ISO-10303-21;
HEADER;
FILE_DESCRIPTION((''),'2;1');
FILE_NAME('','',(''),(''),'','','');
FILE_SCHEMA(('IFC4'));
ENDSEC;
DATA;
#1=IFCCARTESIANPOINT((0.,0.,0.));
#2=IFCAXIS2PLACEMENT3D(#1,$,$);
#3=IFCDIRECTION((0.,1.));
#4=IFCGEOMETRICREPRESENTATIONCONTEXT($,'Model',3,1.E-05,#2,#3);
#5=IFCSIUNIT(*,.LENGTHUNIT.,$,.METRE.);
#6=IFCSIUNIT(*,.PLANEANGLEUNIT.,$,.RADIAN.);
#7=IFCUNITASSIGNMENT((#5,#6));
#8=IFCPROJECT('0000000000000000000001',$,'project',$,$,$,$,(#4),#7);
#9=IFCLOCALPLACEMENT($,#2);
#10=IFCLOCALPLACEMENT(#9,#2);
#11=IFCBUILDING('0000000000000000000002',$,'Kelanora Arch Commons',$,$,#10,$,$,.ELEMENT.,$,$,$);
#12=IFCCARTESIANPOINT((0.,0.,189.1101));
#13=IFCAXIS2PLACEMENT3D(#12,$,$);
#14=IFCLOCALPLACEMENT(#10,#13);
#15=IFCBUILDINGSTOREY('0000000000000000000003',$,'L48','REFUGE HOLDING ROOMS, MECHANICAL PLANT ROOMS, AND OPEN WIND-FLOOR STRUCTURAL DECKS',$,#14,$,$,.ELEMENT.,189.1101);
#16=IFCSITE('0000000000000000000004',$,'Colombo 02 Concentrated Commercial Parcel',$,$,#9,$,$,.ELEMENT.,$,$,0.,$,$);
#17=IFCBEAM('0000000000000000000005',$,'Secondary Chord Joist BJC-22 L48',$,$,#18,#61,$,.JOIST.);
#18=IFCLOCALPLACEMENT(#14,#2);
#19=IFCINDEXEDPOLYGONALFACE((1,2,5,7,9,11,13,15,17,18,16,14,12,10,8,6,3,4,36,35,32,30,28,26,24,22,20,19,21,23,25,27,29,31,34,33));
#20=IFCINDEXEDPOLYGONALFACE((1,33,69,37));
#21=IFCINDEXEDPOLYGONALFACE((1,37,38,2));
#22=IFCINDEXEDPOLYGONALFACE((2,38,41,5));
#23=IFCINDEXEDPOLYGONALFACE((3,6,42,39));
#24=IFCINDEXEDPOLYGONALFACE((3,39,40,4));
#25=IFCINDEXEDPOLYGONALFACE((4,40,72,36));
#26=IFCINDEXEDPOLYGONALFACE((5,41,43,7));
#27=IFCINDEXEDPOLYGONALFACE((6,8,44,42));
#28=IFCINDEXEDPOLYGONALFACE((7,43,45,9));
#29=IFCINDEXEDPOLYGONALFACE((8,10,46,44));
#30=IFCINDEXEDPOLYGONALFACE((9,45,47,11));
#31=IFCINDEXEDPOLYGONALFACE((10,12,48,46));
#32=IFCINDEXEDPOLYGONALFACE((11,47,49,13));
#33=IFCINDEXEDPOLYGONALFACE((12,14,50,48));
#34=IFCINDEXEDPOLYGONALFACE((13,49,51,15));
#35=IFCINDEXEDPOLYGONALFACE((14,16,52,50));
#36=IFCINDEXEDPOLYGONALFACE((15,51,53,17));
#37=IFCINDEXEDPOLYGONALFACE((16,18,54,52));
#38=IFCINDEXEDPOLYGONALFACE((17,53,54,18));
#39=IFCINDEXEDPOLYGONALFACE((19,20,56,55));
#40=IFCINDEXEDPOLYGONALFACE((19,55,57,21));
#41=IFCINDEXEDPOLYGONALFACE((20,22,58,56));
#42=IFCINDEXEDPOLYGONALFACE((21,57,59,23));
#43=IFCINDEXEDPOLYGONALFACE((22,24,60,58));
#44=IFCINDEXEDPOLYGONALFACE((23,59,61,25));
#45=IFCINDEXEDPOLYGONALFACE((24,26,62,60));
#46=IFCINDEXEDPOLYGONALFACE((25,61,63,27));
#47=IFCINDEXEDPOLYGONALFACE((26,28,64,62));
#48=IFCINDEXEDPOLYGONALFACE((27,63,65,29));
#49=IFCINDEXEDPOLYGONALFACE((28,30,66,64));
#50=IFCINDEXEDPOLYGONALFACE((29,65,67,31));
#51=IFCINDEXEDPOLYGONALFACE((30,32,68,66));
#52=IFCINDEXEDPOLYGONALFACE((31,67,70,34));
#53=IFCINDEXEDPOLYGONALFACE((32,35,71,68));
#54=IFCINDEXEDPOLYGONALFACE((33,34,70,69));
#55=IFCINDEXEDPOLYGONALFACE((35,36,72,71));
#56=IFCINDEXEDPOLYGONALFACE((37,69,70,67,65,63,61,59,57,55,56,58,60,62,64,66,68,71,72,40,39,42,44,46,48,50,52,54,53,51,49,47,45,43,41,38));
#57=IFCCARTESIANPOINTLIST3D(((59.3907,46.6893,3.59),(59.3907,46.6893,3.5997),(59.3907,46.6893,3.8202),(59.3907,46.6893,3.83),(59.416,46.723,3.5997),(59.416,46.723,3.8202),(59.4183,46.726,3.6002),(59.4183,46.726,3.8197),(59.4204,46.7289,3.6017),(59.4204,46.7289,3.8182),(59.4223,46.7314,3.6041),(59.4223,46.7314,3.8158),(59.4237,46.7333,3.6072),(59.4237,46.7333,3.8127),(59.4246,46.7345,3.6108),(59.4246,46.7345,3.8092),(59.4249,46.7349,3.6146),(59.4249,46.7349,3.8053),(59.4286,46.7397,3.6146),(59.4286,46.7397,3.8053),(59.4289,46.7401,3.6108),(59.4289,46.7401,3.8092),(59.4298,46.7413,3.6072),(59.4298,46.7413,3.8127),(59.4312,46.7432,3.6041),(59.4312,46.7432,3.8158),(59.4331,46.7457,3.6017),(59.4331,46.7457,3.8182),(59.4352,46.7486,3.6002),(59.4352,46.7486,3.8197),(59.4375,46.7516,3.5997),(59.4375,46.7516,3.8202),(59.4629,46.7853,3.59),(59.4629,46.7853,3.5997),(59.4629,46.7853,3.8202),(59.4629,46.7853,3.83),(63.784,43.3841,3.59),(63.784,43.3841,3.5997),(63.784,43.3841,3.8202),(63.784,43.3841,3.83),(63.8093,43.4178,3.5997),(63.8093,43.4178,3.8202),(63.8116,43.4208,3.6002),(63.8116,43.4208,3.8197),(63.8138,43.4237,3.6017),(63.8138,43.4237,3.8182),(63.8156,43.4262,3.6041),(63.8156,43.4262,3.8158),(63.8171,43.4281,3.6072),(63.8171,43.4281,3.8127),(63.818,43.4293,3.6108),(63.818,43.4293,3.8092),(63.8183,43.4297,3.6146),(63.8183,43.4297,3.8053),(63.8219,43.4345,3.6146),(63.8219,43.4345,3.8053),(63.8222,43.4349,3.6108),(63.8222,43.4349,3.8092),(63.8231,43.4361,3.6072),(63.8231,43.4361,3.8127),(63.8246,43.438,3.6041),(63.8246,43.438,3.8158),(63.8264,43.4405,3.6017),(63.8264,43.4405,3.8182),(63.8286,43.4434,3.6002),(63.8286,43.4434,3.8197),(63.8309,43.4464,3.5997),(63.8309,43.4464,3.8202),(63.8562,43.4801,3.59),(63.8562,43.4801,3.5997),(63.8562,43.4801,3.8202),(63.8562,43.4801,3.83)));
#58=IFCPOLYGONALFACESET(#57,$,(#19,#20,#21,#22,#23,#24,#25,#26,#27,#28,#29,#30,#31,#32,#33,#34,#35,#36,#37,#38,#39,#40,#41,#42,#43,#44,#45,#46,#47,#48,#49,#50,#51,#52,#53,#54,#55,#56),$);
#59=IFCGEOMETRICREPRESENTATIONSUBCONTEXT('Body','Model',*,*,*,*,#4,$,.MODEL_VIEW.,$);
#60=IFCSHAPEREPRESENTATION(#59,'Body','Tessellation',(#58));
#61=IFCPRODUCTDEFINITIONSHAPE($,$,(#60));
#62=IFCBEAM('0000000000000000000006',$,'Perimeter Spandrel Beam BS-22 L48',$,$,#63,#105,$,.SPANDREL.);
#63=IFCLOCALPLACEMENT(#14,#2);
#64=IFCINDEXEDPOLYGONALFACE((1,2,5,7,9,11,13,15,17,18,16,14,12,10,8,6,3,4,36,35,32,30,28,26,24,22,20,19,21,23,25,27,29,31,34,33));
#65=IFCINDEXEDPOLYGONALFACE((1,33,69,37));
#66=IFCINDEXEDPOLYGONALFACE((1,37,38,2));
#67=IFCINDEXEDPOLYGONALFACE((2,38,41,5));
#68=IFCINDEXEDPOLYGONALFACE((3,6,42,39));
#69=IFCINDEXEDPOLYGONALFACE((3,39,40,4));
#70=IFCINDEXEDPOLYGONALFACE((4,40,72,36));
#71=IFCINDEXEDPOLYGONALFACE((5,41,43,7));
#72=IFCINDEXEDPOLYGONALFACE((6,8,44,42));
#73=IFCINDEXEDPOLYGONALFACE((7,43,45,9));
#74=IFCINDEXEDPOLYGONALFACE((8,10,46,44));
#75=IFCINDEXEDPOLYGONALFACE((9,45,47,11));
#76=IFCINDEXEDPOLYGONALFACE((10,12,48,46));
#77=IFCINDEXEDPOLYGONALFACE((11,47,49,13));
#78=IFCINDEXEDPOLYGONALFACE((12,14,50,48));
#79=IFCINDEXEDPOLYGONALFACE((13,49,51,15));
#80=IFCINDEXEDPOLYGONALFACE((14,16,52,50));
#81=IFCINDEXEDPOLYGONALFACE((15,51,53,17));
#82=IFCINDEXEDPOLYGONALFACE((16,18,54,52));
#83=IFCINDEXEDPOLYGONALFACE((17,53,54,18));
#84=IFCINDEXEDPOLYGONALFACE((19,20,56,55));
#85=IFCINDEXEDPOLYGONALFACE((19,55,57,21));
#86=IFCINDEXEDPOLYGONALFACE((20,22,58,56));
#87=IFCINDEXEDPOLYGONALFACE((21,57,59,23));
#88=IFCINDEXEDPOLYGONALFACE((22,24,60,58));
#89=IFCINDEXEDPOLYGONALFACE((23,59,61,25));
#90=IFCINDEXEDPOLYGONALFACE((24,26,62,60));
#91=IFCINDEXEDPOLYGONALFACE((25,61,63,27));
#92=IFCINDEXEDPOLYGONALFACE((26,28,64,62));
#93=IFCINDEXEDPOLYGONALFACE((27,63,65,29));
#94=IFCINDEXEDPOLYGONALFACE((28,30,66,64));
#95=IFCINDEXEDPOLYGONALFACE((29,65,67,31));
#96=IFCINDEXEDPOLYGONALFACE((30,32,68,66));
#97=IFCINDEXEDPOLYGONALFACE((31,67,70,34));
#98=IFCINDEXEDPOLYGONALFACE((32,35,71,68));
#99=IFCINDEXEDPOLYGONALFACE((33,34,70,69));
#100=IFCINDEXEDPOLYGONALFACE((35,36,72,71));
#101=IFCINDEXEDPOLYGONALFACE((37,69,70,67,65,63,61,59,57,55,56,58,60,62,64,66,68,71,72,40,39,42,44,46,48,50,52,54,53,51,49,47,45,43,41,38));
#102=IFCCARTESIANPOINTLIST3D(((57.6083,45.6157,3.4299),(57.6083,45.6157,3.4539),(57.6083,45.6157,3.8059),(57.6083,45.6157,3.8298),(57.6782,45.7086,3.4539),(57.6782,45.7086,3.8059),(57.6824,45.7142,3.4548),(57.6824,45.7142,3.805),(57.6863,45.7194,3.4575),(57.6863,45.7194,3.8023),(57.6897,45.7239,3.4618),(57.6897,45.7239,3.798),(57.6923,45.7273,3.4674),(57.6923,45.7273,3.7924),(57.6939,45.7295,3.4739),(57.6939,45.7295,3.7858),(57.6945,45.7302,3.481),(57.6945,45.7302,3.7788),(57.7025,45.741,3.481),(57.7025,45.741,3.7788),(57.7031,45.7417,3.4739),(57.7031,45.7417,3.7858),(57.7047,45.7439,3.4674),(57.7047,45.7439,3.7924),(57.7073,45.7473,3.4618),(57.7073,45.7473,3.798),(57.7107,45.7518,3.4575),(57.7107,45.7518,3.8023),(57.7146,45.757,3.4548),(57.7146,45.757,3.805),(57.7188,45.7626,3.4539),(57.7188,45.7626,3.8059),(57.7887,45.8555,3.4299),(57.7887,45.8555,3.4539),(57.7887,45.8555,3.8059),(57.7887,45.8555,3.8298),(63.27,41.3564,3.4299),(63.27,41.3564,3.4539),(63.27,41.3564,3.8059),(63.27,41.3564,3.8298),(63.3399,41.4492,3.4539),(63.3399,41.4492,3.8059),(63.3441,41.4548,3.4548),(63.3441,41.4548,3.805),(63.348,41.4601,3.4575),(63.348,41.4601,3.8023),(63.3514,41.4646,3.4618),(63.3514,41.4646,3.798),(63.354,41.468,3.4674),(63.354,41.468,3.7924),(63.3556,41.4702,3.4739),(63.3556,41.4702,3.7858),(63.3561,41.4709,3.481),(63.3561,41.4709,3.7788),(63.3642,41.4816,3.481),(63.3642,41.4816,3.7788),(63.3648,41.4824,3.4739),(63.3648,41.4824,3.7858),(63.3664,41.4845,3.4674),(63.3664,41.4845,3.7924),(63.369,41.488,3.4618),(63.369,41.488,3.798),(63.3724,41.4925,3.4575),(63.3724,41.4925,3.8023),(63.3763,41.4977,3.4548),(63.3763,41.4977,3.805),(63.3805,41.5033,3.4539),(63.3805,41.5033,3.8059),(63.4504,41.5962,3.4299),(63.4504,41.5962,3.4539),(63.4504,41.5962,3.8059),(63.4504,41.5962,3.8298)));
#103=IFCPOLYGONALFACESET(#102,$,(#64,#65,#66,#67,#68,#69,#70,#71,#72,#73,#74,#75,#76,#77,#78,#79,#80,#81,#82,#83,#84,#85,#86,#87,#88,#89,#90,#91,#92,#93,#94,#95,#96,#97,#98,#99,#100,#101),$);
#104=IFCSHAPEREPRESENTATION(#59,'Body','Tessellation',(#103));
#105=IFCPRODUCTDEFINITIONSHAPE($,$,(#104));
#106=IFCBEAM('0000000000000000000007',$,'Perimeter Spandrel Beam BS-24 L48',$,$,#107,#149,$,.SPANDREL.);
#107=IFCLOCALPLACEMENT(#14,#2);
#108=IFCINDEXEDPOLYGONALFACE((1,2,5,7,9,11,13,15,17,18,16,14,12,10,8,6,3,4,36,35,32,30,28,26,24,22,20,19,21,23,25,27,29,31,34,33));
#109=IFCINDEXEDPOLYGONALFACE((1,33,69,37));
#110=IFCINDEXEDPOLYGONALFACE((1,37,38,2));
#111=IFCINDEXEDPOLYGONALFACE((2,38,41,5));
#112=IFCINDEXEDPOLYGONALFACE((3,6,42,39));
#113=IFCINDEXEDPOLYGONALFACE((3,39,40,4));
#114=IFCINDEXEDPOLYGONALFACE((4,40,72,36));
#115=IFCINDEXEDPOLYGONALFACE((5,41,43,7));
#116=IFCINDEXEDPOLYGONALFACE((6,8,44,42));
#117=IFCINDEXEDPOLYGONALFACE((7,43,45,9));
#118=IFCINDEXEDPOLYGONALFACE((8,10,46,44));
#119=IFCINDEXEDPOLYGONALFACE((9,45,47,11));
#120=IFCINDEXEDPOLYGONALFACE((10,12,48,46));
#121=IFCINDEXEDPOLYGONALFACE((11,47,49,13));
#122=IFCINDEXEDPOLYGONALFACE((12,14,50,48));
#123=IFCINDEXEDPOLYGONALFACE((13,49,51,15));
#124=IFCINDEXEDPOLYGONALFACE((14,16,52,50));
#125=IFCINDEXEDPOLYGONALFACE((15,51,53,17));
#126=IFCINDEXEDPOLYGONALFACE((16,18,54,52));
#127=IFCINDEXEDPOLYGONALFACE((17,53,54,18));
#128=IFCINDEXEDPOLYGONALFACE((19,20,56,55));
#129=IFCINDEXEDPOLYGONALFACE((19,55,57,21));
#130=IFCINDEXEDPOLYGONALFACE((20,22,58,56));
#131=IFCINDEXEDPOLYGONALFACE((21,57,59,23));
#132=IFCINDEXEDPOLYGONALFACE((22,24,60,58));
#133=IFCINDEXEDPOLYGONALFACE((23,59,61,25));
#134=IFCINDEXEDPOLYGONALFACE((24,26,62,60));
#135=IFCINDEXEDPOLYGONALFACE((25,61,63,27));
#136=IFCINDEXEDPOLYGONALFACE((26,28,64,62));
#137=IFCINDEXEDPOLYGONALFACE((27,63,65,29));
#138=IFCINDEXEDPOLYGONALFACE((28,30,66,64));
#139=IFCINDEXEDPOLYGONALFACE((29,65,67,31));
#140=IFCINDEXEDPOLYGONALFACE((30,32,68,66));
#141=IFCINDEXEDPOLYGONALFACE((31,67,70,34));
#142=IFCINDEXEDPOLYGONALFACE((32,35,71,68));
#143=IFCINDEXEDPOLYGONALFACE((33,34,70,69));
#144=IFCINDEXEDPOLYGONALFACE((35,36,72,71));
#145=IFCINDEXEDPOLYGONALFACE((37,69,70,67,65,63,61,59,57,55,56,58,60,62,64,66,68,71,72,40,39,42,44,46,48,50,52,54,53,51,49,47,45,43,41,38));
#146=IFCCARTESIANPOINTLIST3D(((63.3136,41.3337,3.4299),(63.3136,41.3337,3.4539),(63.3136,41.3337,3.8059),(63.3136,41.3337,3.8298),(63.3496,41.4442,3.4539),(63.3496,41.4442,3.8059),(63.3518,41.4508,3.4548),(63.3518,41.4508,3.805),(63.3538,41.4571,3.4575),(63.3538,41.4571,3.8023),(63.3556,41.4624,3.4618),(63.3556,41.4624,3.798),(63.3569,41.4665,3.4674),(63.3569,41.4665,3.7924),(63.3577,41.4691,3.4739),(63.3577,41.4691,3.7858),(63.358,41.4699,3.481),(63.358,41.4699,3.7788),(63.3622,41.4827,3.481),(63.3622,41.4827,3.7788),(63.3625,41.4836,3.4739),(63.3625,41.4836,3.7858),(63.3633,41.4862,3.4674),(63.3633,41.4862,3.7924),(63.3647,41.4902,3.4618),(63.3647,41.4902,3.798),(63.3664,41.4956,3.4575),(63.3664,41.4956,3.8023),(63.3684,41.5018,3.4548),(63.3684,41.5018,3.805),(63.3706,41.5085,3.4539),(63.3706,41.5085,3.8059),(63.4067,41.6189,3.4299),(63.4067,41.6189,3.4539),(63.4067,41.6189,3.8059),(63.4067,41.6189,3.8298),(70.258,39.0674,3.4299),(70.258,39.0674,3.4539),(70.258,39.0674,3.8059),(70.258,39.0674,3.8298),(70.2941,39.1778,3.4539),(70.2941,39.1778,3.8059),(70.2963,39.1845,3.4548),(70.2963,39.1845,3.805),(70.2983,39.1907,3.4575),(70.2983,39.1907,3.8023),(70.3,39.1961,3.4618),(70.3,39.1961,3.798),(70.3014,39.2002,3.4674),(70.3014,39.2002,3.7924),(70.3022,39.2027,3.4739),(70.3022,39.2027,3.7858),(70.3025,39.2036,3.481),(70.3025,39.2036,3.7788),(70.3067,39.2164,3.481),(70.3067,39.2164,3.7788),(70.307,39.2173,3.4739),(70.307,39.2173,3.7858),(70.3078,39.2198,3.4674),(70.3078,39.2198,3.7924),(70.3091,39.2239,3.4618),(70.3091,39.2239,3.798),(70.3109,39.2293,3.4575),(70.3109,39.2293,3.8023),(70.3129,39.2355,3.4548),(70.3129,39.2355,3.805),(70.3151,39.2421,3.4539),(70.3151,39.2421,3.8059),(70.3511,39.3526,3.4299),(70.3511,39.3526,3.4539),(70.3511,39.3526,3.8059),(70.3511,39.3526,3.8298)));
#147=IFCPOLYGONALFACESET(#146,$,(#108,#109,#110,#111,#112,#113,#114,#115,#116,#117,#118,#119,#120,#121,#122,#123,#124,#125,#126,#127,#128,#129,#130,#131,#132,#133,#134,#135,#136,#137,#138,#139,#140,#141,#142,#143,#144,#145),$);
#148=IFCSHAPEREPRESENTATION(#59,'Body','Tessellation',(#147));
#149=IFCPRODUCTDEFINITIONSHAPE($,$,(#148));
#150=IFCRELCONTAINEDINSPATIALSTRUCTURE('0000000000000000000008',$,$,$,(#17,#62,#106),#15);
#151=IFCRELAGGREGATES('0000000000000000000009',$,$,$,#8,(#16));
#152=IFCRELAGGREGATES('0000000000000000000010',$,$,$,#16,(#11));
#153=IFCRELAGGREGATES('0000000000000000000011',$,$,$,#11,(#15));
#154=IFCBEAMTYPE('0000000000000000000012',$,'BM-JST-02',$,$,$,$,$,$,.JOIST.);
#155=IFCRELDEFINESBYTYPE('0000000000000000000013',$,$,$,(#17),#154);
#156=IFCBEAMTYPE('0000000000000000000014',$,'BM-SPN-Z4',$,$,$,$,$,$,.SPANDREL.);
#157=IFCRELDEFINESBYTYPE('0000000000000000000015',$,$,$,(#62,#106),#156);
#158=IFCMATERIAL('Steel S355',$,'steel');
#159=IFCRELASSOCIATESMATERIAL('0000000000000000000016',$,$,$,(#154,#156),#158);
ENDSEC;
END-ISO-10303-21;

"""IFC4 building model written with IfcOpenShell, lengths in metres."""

from ifc_helpers import new_model, si_unit, direction, frame, origin, origin_2d, place, context, subcontext, project, spatial, i_section, extrude, material, material_profile, profile_set, type_object, element, save


model = new_model("IFC4")

# Units and contexts
model_context = context("Model", 3, precision=1e-05, world=origin(), true_north=direction((0.0, 1.0)))
body_context = subcontext(model_context, "Body", "Model", "MODEL_VIEW")
ifc_project = project(units=[si_unit("LENGTHUNIT", "METRE"), si_unit("PLANEANGLEUNIT", "RADIAN")], contexts=[model_context])

# Site, building, storey
site_placement = place(None, origin())
site = spatial("IfcSite", under=ifc_project, at=site_placement, Name="Colombo 02 Concentrated Commercial Parcel", CompositionType="ELEMENT", RefElevation=0.0)
building_placement = place(site_placement, origin())
building = spatial("IfcBuilding", under=site, at=building_placement, Name="Kelanora Arch Commons", CompositionType="ELEMENT")
storey_placement = place(building_placement, frame((0.0, 0.0, 189.1101)))
storey = spatial("IfcBuildingStorey", under=building, at=storey_placement, Name="L48", Description="REFUGE HOLDING ROOMS, MECHANICAL PLANT ROOMS, AND OPEN WIND-FLOOR STRUCTURAL DECKS", CompositionType="ELEMENT", Elevation=189.1101)

# Beams
ifc_material_1 = material(Name="Steel S355", Category="steel")
ifc_material_profile_1 = material_profile(ifc_material_1, i_section(OverallWidth=0.1201, OverallDepth=0.24, WebThickness=0.0061, FlangeThickness=0.0098, FilletRadius=0.0149, at=origin_2d()), Name="IPE240")
ifc_profile_set_1 = profile_set([ifc_material_profile_1], Name="Steel S355")
beam_type_1 = type_object("IfcBeamType", Name="BM-JST-02", PredefinedType="JOIST", material=ifc_profile_set_1)
beam_1_placement = place(storey_placement, frame((59.4268, 46.7373, 3.71), z_axis=(0.799109, -0.601186, 0.0), x_axis=(0.601186, 0.799109, 0.0)))
element("IfcBeam", 1, at=beam_1_placement, inside=storey, type_object=beam_type_1, Name="Secondary Chord Joist BJC-22 L48", PredefinedType="JOIST", context=body_context, shape_type="SweptSolid", body=[
    extrude(i_section(OverallWidth=0.1201, OverallDepth=0.24, WebThickness=0.0061, FlangeThickness=0.0098, FilletRadius=0.0149, at=origin_2d()), origin(), (0.0, 0.0, 1.0), 5.4978),
])
ifc_material_profile_2 = material_profile(ifc_material_1, i_section(OverallWidth=0.3, OverallDepth=0.3999, WebThickness=0.0134, FlangeThickness=0.0239, FilletRadius=0.0271, at=origin_2d()), Name="HEB400")
ifc_profile_set_2 = profile_set([ifc_material_profile_2], Name="Steel S355")
beam_type_2 = type_object("IfcBeamType", Name="BM-SPN-Z4", PredefinedType="SPANDREL", material=ifc_profile_set_2)
beam_2_placement = place(storey_placement, frame((57.6985, 45.7356, 3.6299), z_axis=(0.799114, -0.601179, 0.0), x_axis=(0.601179, 0.799114, 0.0)))
element("IfcBeam", 2, at=beam_2_placement, inside=storey, type_object=beam_type_2, Name="Perimeter Spandrel Beam BS-22 L48", PredefinedType="SPANDREL", context=body_context, shape_type="SweptSolid", body=[
    extrude(i_section(OverallWidth=0.3, OverallDepth=0.3999, WebThickness=0.0134, FlangeThickness=0.0239, FilletRadius=0.0271, at=origin_2d()), origin(), (0.0, 0.0, 1.0), 7.085),
])
beam_3_placement = place(storey_placement, frame((63.3601, 41.4763, 3.6299), z_axis=(0.950656, -0.310246, 0.0), x_axis=(0.310246, 0.950656, 0.0)))
element("IfcBeam", 3, at=beam_3_placement, inside=storey, type_object=beam_type_2, Name="Perimeter Spandrel Beam BS-24 L48", PredefinedType="SPANDREL", context=body_context, shape_type="SweptSolid", body=[
    extrude(i_section(OverallWidth=0.3, OverallDepth=0.3999, WebThickness=0.0134, FlangeThickness=0.0239, FilletRadius=0.0271, at=origin_2d()), origin(), (0.0, 0.0, 1.0), 7.3049),
])

save(model, "model.ifc")
